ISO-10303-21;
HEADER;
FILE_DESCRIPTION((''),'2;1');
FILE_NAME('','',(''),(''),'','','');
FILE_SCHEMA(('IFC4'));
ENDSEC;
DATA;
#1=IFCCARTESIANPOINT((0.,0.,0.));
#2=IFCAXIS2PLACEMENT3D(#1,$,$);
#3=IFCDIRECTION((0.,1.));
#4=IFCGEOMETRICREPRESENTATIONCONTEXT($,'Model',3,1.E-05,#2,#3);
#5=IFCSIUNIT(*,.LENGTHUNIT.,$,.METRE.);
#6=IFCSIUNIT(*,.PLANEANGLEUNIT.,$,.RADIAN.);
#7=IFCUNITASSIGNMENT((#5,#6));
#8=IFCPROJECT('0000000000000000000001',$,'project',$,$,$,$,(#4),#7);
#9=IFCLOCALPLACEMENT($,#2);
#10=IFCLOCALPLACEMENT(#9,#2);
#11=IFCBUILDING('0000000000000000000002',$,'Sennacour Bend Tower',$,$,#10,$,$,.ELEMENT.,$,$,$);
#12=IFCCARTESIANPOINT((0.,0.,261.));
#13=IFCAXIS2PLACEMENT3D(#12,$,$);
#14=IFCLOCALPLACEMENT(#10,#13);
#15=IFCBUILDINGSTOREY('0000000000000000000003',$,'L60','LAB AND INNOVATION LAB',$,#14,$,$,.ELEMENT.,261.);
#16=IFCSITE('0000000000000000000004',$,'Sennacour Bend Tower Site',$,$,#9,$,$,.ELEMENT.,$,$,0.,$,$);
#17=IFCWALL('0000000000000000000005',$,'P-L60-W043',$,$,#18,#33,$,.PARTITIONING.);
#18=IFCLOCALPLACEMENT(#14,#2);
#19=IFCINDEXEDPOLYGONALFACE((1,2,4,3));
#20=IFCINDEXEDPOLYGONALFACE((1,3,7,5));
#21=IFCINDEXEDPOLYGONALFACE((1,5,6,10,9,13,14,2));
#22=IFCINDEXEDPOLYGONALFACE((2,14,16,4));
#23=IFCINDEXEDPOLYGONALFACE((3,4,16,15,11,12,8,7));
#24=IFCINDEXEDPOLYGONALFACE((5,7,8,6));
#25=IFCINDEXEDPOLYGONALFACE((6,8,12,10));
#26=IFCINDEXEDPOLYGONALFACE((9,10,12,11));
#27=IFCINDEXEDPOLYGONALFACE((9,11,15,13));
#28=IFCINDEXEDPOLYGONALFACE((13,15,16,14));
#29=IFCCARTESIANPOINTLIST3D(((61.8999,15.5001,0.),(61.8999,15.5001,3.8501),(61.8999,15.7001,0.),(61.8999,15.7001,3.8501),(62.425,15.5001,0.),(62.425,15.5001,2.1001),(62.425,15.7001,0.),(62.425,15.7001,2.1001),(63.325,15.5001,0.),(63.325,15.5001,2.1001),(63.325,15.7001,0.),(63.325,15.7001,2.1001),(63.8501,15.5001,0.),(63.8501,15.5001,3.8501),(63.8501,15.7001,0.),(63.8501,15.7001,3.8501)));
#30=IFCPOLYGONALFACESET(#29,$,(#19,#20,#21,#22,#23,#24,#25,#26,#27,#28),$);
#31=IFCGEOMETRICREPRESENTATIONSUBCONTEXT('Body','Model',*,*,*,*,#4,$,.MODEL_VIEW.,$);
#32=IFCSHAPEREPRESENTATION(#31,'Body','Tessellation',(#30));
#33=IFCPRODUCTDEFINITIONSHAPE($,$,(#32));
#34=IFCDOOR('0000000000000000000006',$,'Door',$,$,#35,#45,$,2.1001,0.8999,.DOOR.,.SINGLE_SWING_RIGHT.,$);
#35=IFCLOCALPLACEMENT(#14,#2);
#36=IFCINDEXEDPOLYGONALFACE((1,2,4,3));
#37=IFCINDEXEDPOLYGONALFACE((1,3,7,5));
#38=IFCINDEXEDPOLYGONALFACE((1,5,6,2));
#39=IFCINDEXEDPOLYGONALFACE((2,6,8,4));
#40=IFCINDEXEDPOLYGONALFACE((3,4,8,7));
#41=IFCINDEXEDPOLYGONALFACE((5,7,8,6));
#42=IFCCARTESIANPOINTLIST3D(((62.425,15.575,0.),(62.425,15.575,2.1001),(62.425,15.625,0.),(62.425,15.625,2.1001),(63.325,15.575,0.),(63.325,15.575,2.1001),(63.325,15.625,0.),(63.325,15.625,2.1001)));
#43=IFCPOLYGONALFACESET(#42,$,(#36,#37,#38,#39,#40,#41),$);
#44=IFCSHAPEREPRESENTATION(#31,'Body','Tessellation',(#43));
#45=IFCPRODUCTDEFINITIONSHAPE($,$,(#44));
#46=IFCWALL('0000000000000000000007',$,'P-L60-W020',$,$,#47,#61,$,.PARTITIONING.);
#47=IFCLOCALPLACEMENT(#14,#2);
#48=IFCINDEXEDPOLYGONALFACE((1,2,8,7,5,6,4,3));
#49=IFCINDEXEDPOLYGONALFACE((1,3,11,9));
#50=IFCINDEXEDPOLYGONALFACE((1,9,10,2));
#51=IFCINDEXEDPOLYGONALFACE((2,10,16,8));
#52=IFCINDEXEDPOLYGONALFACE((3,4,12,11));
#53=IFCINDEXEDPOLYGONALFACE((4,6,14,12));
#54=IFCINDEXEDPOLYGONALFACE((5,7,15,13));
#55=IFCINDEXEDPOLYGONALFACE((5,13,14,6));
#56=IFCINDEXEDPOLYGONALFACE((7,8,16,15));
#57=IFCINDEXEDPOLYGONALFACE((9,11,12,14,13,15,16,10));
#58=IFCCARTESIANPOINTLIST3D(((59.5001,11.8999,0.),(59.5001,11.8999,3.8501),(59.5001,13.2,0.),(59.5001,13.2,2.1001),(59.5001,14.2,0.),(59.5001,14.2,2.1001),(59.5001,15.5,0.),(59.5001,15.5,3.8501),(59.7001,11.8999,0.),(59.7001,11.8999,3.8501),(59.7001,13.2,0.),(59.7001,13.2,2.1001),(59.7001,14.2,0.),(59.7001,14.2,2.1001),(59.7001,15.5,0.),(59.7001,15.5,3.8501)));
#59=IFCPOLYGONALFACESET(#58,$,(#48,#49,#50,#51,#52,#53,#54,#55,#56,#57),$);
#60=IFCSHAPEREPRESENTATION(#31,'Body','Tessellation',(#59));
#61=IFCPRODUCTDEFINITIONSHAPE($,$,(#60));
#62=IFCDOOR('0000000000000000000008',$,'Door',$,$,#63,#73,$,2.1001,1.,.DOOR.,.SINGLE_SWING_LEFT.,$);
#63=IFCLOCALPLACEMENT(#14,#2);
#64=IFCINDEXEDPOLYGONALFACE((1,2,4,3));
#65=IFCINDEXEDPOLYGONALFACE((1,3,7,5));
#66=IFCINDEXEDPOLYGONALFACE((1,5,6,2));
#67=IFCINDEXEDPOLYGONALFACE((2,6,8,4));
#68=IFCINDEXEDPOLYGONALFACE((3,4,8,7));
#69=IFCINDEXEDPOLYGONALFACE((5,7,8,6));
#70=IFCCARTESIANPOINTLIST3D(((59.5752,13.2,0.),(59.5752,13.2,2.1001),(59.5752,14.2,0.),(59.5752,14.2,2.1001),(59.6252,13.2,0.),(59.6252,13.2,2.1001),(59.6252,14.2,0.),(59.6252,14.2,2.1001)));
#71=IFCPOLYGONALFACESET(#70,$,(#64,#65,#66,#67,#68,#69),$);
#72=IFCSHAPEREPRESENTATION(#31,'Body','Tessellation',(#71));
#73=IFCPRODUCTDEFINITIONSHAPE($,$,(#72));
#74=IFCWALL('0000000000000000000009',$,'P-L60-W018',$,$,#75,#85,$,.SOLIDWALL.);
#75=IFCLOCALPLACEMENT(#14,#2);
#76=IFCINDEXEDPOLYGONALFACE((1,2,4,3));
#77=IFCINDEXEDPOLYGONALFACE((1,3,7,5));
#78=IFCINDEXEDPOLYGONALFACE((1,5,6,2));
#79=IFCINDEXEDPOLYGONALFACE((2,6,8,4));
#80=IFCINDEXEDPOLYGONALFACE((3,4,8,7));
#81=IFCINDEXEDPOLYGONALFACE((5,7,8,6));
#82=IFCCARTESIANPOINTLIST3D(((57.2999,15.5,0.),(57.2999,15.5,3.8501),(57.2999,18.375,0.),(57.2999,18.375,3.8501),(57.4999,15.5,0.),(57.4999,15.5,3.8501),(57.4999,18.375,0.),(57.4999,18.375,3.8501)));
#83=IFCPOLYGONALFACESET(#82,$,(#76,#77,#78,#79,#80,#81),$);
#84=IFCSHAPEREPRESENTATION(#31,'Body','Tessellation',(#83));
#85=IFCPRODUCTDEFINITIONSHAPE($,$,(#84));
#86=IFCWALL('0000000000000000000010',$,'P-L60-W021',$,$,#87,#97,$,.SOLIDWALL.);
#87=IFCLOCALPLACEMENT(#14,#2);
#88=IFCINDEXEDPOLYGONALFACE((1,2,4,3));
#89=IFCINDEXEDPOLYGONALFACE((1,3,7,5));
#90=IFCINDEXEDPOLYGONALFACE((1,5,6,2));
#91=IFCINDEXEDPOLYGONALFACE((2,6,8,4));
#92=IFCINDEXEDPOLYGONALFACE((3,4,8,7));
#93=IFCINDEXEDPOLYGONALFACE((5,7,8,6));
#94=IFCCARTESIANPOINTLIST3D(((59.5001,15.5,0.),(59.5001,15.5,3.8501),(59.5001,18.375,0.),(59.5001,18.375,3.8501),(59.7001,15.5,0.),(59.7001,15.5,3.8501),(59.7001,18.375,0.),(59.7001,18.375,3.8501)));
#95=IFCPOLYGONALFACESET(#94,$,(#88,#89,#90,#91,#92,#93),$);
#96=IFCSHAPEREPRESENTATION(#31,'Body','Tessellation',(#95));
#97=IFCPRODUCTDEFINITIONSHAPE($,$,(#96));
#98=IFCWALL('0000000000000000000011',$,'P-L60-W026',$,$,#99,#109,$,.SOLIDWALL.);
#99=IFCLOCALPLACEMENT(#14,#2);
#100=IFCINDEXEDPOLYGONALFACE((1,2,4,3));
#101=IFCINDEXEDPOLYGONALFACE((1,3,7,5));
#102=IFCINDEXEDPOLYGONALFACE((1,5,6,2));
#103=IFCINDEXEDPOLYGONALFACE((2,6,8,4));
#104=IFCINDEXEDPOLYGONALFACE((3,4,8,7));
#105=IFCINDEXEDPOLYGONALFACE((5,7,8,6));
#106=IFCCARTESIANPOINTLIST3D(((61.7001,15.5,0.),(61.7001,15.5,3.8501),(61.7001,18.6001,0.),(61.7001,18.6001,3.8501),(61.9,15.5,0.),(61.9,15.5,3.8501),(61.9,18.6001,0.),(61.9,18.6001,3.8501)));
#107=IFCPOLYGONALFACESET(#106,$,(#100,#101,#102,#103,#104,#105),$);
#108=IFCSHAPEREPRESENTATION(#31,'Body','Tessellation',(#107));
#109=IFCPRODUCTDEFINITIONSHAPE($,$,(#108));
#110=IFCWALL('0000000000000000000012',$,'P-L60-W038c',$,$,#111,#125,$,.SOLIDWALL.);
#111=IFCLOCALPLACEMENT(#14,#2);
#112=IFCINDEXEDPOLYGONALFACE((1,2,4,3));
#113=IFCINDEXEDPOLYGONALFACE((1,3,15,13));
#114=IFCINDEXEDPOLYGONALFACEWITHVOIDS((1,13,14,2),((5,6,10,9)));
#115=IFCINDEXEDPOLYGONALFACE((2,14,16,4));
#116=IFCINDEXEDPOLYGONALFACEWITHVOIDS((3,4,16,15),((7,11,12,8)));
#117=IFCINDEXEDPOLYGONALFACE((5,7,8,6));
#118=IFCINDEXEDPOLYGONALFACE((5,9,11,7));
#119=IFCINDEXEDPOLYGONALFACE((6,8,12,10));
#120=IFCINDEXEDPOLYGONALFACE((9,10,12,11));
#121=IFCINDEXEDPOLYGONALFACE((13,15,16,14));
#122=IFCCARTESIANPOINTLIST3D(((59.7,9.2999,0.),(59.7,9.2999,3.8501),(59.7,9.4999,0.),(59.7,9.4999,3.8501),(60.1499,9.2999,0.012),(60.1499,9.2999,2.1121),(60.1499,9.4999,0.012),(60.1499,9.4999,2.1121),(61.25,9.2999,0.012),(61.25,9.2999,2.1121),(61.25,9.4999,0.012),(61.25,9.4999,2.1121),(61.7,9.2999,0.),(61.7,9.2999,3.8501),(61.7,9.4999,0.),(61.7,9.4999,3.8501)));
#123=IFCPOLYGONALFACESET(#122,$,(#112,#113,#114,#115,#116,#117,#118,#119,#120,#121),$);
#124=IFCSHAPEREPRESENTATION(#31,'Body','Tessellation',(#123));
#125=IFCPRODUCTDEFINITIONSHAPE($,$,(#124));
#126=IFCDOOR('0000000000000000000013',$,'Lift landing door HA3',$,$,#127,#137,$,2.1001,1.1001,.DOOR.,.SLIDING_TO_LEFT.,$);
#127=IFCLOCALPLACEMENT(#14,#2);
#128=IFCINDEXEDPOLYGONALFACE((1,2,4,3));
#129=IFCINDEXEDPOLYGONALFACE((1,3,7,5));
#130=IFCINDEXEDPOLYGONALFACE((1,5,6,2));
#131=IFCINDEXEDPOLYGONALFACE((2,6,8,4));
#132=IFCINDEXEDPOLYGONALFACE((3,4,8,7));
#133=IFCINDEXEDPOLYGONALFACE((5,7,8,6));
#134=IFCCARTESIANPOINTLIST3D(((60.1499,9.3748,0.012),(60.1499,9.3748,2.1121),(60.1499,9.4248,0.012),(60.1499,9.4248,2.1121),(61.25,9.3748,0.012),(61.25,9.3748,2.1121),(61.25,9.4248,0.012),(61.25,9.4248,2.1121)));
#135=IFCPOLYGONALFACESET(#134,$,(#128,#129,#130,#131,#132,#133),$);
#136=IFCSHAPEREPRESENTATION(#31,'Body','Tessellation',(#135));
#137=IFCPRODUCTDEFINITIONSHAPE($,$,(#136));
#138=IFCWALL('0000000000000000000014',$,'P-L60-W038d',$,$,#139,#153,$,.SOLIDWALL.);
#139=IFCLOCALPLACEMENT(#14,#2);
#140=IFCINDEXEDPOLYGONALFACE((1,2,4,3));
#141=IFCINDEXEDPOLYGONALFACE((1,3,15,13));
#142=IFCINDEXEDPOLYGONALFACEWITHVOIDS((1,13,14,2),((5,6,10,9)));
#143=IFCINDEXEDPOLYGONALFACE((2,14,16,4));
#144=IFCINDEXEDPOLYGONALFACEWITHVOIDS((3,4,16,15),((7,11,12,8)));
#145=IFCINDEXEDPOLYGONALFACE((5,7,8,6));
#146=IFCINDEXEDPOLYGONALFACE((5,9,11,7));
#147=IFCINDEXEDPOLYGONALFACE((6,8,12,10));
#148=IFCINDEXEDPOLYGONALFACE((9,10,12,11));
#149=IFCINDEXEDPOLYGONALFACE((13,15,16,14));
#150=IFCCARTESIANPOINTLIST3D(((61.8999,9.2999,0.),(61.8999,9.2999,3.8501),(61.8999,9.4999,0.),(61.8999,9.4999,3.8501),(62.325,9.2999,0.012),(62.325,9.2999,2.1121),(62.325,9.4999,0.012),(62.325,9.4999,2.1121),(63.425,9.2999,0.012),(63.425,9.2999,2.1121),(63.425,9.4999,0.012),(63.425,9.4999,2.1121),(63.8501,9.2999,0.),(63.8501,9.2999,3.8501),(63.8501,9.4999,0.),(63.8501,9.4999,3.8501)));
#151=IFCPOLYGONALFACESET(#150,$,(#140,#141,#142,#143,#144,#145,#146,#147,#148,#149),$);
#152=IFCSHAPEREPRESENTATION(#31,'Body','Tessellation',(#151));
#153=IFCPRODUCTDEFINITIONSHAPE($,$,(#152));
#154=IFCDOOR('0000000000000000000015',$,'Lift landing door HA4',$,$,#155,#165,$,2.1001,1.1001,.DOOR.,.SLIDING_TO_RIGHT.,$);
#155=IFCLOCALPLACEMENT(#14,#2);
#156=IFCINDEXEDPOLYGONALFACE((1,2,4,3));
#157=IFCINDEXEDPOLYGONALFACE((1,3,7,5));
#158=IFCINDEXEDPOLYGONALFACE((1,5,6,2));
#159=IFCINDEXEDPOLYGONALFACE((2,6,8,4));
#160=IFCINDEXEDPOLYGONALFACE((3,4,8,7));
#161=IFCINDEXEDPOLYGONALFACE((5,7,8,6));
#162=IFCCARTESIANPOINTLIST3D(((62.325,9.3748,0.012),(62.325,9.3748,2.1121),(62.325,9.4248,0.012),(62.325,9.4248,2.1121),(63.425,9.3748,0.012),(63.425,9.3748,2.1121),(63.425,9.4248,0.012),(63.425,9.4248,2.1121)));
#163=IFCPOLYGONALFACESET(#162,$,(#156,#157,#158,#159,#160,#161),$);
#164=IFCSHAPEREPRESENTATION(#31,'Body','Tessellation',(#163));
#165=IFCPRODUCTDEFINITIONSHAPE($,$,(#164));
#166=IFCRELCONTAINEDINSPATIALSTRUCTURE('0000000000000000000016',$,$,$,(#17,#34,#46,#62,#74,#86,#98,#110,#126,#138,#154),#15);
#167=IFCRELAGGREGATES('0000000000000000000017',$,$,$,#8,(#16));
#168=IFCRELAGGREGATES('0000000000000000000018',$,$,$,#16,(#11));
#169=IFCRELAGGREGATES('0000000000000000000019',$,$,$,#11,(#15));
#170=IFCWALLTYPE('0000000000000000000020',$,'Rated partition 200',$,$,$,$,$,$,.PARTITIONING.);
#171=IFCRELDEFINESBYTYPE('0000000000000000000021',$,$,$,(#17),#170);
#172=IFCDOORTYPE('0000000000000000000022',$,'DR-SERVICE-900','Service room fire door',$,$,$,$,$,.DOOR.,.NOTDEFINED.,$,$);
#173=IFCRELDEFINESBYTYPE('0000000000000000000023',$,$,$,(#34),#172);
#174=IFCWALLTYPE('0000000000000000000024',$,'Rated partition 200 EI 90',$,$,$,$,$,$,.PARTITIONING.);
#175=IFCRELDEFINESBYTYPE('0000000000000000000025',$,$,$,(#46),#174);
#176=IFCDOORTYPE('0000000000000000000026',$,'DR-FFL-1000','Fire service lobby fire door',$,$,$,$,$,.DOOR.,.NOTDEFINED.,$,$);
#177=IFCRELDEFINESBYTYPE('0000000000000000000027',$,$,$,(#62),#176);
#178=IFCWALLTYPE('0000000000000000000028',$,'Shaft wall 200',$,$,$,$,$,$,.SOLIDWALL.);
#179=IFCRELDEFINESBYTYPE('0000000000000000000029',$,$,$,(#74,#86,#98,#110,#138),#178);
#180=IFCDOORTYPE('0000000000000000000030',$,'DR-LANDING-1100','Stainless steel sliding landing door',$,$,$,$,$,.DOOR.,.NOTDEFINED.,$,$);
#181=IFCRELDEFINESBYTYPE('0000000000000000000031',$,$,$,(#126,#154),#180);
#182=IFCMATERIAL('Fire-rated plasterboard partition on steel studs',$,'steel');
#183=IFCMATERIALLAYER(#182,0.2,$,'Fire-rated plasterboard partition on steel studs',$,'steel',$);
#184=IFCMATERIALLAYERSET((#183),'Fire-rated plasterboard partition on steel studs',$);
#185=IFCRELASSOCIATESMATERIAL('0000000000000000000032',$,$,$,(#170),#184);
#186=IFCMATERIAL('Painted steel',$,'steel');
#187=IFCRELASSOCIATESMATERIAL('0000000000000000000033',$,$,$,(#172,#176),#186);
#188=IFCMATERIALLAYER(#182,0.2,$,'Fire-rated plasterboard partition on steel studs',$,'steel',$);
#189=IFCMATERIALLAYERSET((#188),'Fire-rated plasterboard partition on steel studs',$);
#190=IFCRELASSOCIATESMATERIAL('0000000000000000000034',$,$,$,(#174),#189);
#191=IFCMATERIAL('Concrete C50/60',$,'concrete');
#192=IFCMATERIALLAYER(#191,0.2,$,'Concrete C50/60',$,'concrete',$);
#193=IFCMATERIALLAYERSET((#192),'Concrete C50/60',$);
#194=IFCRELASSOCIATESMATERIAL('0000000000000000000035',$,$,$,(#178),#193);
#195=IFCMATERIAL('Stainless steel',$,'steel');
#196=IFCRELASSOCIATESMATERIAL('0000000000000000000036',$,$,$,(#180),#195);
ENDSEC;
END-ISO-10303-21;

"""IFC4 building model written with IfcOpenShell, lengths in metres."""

from ifc_helpers import new_model, si_unit, direction, frame, frame_2d, origin, place, context, subcontext, project, spatial, rectangle, extrude, material, layer, layer_set, type_object, element, fill, save


model = new_model("IFC4")

# Units and contexts
model_context = context("Model", 3, precision=1e-05, world=origin(), true_north=direction((0.0, 1.0)))
body_context = subcontext(model_context, "Body", "Model", "MODEL_VIEW")
ifc_project = project(units=[si_unit("LENGTHUNIT", "METRE"), si_unit("PLANEANGLEUNIT", "RADIAN")], contexts=[model_context])

# Site, building, storey
site_placement = place(None, origin())
site = spatial("IfcSite", under=ifc_project, at=site_placement, Name="Sennacour Bend Tower Site", CompositionType="ELEMENT", RefElevation=0.0)
building_placement = place(site_placement, origin())
building = spatial("IfcBuilding", under=site, at=building_placement, Name="Sennacour Bend Tower", CompositionType="ELEMENT")
storey_placement = place(building_placement, frame((0.0, 0.0, 261.0)))
storey = spatial("IfcBuildingStorey", under=building, at=storey_placement, Name="L60", Description="LAB AND INNOVATION LAB", CompositionType="ELEMENT", Elevation=261.0)

# Walls, openings, doors
ifc_material_1 = material(Name="Fire-rated plasterboard partition on steel studs", Category="steel")
ifc_layer_1 = layer(ifc_material_1, 0.2, Name="Fire-rated plasterboard partition on steel studs", Category="steel")
ifc_layer_set_1 = layer_set([ifc_layer_1], Name="Fire-rated plasterboard partition on steel studs")
wall_type_1 = type_object("IfcWallType", Name="Rated partition 200", PredefinedType="PARTITIONING", material=ifc_layer_set_1)
wall_1_placement = place(storey_placement, frame((61.8999, 15.6001, 0.0), z_axis=(0.0, 0.0, 1.0), x_axis=(1.0, 0.0, 0.0)))
wall_1 = element("IfcWall", 1, at=wall_1_placement, inside=storey, type_object=wall_type_1, Name="P-L60-W043", PredefinedType="PARTITIONING", context=body_context, shape_type="SweptSolid", body=[
    extrude(rectangle(XDim=1.9502, YDim=0.2, at=frame_2d((0.9751, 0.0))), origin(), (0.0, 0.0, 1.0), 3.8501),
])
opening_1_placement = place(wall_1_placement, frame((0.5251, 0.0, 0.0)))
opening_1 = element("IfcOpeningElement", 2, at=opening_1_placement, cuts=wall_1, PredefinedType="OPENING", context=body_context, shape_type="SweptSolid", body=[
    extrude(rectangle(XDim=0.8999, YDim=2.1001, at=frame_2d((0.45, 1.05))), frame((0.0, 0.1099, 0.0), z_axis=(0.0, -1.0, 0.0), x_axis=(1.0, 0.0, 0.0)), (0.0, 0.0, 1.0), 0.22),
])
ifc_material_2 = material(Name="Painted steel", Category="steel")
door_type_1 = type_object("IfcDoorType", Name="DR-SERVICE-900", Description="Service room fire door", OperationType="NOTDEFINED", PredefinedType="DOOR", material=ifc_material_2)
door_1_placement = place(opening_1_placement, origin())
door_1 = element("IfcDoor", 3, at=door_1_placement, inside=storey, type_object=door_type_1, Name="Door", OperationType="SINGLE_SWING_RIGHT", OverallHeight=2.1001, OverallWidth=0.8999, PredefinedType="DOOR", context=body_context, shape_type="SweptSolid", body=[
    extrude(rectangle(XDim=0.8999, YDim=2.1001, at=frame_2d((0.45, 1.05))), frame((0.0, 0.0249, 0.0), z_axis=(0.0, -1.0, 0.0), x_axis=(1.0, 0.0, 0.0)), (0.0, 0.0, 1.0), 0.05),
])
fill(opening_1, door_1)
ifc_layer_2 = layer(ifc_material_1, 0.2, Name="Fire-rated plasterboard partition on steel studs", Category="steel")
ifc_layer_set_2 = layer_set([ifc_layer_2], Name="Fire-rated plasterboard partition on steel studs")
wall_type_2 = type_object("IfcWallType", Name="Rated partition 200 EI 90", PredefinedType="PARTITIONING", material=ifc_layer_set_2)
wall_2_placement = place(storey_placement, frame((59.6001, 11.8999, 0.0), z_axis=(0.0, 0.0, 1.0), x_axis=(0.0, 1.0, 0.0)))
wall_2 = element("IfcWall", 4, at=wall_2_placement, inside=storey, type_object=wall_type_2, Name="P-L60-W020", PredefinedType="PARTITIONING", context=body_context, shape_type="SweptSolid", body=[
    extrude(rectangle(XDim=3.6001, YDim=0.2, at=frame_2d((1.8, 0.0))), origin(), (0.0, 0.0, 1.0), 3.8501),
])
opening_2_placement = place(wall_2_placement, frame((1.3, 0.0, 0.0)))
opening_2 = element("IfcOpeningElement", 5, at=opening_2_placement, cuts=wall_2, PredefinedType="OPENING", context=body_context, shape_type="SweptSolid", body=[
    extrude(rectangle(XDim=1.0, YDim=2.1001, at=frame_2d((0.5, 1.05))), frame((0.0, 0.1099, 0.0), z_axis=(0.0, -1.0, 0.0), x_axis=(1.0, 0.0, 0.0)), (0.0, 0.0, 1.0), 0.22),
])
door_type_2 = type_object("IfcDoorType", Name="DR-FFL-1000", Description="Fire service lobby fire door", OperationType="NOTDEFINED", PredefinedType="DOOR", material=ifc_material_2)
door_2_placement = place(opening_2_placement, origin())
door_2 = element("IfcDoor", 6, at=door_2_placement, inside=storey, type_object=door_type_2, Name="Door", OperationType="SINGLE_SWING_LEFT", OverallHeight=2.1001, OverallWidth=1.0, PredefinedType="DOOR", context=body_context, shape_type="SweptSolid", body=[
    extrude(rectangle(XDim=1.0, YDim=2.1001, at=frame_2d((0.5, 1.05))), frame((0.0, 0.0249, 0.0), z_axis=(0.0, -1.0, 0.0), x_axis=(1.0, 0.0, 0.0)), (0.0, 0.0, 1.0), 0.05),
])
fill(opening_2, door_2)

# Walls
ifc_material_3 = material(Name="Concrete C50/60", Category="concrete")
ifc_layer_3 = layer(ifc_material_3, 0.2, Name="Concrete C50/60", Category="concrete")
ifc_layer_set_3 = layer_set([ifc_layer_3], Name="Concrete C50/60")
wall_type_3 = type_object("IfcWallType", Name="Shaft wall 200", PredefinedType="SOLIDWALL", material=ifc_layer_set_3)
for number, where, z_axis, x_axis, name in (
    (7, (57.3999, 15.5, 0.0), (0.0, 0.0, 1.0), (0.0, 1.0, 0.0), "P-L60-W018"),
    (8, (59.6001, 15.5, 0.0), (0.0, 0.0, 1.0), (0.0, 1.0, 0.0), "P-L60-W021"),
):
    element("IfcWall", number, at=place(storey_placement, frame(where, z_axis=z_axis, x_axis=x_axis)), inside=storey, type_object=wall_type_3, Name=name, PredefinedType="SOLIDWALL", context=body_context, shape_type="SweptSolid", body=[
        extrude(rectangle(XDim=2.875, YDim=0.2, at=frame_2d((1.4375, 0.0))), origin(), (0.0, 0.0, 1.0), 3.8501),
    ])
wall_3_placement = place(storey_placement, frame((61.8, 15.5, 0.0), z_axis=(0.0, 0.0, 1.0), x_axis=(0.0, 1.0, 0.0)))
element("IfcWall", 9, at=wall_3_placement, inside=storey, type_object=wall_type_3, Name="P-L60-W026", PredefinedType="SOLIDWALL", context=body_context, shape_type="SweptSolid", body=[
    extrude(rectangle(XDim=3.1001, YDim=0.2, at=frame_2d((1.55, 0.0))), origin(), (0.0, 0.0, 1.0), 3.8501),
])

# Walls, openings, doors
wall_4_placement = place(storey_placement, frame((59.7, 9.3999, 0.0), z_axis=(0.0, 0.0, 1.0), x_axis=(1.0, 0.0, 0.0)))
wall_4 = element("IfcWall", 10, at=wall_4_placement, inside=storey, type_object=wall_type_3, Name="P-L60-W038c", PredefinedType="SOLIDWALL", context=body_context, shape_type="SweptSolid", body=[
    extrude(rectangle(XDim=2.0, YDim=0.2, at=frame_2d((1.0, 0.0))), origin(), (0.0, 0.0, 1.0), 3.8501),
])
opening_3_placement = place(wall_4_placement, frame((0.45, 0.0, 0.012)))
opening_3 = element("IfcOpeningElement", 11, at=opening_3_placement, cuts=wall_4, PredefinedType="OPENING", context=body_context, shape_type="SweptSolid", body=[
    extrude(rectangle(XDim=1.1001, YDim=2.1001, at=frame_2d((0.55, 1.05))), frame((0.0, 0.1099, 0.0), z_axis=(0.0, -1.0, 0.0), x_axis=(1.0, 0.0, 0.0)), (0.0, 0.0, 1.0), 0.22),
])
ifc_material_4 = material(Name="Stainless steel", Category="steel")
door_type_3 = type_object("IfcDoorType", Name="DR-LANDING-1100", Description="Stainless steel sliding landing door", OperationType="NOTDEFINED", PredefinedType="DOOR", material=ifc_material_4)
door_3_placement = place(opening_3_placement, origin())
door_3 = element("IfcDoor", 12, at=door_3_placement, inside=storey, type_object=door_type_3, Name="Lift landing door HA3", OperationType="SLIDING_TO_LEFT", OverallHeight=2.1001, OverallWidth=1.1001, PredefinedType="DOOR", context=body_context, shape_type="SweptSolid", body=[
    extrude(rectangle(XDim=1.1001, YDim=2.1001, at=frame_2d((0.55, 1.05))), frame((0.0, 0.0249, 0.0), z_axis=(0.0, -1.0, 0.0), x_axis=(1.0, 0.0, 0.0)), (0.0, 0.0, 1.0), 0.05),
])
fill(opening_3, door_3)
wall_5_placement = place(storey_placement, frame((61.8999, 9.3999, 0.0), z_axis=(0.0, 0.0, 1.0), x_axis=(1.0, 0.0, 0.0)))
wall_5 = element("IfcWall", 13, at=wall_5_placement, inside=storey, type_object=wall_type_3, Name="P-L60-W038d", PredefinedType="SOLIDWALL", context=body_context, shape_type="SweptSolid", body=[
    extrude(rectangle(XDim=1.9502, YDim=0.2, at=frame_2d((0.9751, 0.0))), origin(), (0.0, 0.0, 1.0), 3.8501),
])
opening_4_placement = place(wall_5_placement, frame((0.425, 0.0, 0.012)))
opening_4 = element("IfcOpeningElement", 14, at=opening_4_placement, cuts=wall_5, PredefinedType="OPENING", context=body_context, shape_type="SweptSolid", body=[
    extrude(rectangle(XDim=1.1001, YDim=2.1001, at=frame_2d((0.55, 1.05))), frame((0.0, 0.1099, 0.0), z_axis=(0.0, -1.0, 0.0), x_axis=(1.0, 0.0, 0.0)), (0.0, 0.0, 1.0), 0.22),
])
door_4_placement = place(opening_4_placement, origin())
door_4 = element("IfcDoor", 15, at=door_4_placement, inside=storey, type_object=door_type_3, Name="Lift landing door HA4", OperationType="SLIDING_TO_RIGHT", OverallHeight=2.1001, OverallWidth=1.1001, PredefinedType="DOOR", context=body_context, shape_type="SweptSolid", body=[
    extrude(rectangle(XDim=1.1001, YDim=2.1001, at=frame_2d((0.55, 1.05))), frame((0.0, 0.0249, 0.0), z_axis=(0.0, -1.0, 0.0), x_axis=(1.0, 0.0, 0.0)), (0.0, 0.0, 1.0), 0.05),
])
fill(opening_4, door_4)

save(model, "model.ifc")
